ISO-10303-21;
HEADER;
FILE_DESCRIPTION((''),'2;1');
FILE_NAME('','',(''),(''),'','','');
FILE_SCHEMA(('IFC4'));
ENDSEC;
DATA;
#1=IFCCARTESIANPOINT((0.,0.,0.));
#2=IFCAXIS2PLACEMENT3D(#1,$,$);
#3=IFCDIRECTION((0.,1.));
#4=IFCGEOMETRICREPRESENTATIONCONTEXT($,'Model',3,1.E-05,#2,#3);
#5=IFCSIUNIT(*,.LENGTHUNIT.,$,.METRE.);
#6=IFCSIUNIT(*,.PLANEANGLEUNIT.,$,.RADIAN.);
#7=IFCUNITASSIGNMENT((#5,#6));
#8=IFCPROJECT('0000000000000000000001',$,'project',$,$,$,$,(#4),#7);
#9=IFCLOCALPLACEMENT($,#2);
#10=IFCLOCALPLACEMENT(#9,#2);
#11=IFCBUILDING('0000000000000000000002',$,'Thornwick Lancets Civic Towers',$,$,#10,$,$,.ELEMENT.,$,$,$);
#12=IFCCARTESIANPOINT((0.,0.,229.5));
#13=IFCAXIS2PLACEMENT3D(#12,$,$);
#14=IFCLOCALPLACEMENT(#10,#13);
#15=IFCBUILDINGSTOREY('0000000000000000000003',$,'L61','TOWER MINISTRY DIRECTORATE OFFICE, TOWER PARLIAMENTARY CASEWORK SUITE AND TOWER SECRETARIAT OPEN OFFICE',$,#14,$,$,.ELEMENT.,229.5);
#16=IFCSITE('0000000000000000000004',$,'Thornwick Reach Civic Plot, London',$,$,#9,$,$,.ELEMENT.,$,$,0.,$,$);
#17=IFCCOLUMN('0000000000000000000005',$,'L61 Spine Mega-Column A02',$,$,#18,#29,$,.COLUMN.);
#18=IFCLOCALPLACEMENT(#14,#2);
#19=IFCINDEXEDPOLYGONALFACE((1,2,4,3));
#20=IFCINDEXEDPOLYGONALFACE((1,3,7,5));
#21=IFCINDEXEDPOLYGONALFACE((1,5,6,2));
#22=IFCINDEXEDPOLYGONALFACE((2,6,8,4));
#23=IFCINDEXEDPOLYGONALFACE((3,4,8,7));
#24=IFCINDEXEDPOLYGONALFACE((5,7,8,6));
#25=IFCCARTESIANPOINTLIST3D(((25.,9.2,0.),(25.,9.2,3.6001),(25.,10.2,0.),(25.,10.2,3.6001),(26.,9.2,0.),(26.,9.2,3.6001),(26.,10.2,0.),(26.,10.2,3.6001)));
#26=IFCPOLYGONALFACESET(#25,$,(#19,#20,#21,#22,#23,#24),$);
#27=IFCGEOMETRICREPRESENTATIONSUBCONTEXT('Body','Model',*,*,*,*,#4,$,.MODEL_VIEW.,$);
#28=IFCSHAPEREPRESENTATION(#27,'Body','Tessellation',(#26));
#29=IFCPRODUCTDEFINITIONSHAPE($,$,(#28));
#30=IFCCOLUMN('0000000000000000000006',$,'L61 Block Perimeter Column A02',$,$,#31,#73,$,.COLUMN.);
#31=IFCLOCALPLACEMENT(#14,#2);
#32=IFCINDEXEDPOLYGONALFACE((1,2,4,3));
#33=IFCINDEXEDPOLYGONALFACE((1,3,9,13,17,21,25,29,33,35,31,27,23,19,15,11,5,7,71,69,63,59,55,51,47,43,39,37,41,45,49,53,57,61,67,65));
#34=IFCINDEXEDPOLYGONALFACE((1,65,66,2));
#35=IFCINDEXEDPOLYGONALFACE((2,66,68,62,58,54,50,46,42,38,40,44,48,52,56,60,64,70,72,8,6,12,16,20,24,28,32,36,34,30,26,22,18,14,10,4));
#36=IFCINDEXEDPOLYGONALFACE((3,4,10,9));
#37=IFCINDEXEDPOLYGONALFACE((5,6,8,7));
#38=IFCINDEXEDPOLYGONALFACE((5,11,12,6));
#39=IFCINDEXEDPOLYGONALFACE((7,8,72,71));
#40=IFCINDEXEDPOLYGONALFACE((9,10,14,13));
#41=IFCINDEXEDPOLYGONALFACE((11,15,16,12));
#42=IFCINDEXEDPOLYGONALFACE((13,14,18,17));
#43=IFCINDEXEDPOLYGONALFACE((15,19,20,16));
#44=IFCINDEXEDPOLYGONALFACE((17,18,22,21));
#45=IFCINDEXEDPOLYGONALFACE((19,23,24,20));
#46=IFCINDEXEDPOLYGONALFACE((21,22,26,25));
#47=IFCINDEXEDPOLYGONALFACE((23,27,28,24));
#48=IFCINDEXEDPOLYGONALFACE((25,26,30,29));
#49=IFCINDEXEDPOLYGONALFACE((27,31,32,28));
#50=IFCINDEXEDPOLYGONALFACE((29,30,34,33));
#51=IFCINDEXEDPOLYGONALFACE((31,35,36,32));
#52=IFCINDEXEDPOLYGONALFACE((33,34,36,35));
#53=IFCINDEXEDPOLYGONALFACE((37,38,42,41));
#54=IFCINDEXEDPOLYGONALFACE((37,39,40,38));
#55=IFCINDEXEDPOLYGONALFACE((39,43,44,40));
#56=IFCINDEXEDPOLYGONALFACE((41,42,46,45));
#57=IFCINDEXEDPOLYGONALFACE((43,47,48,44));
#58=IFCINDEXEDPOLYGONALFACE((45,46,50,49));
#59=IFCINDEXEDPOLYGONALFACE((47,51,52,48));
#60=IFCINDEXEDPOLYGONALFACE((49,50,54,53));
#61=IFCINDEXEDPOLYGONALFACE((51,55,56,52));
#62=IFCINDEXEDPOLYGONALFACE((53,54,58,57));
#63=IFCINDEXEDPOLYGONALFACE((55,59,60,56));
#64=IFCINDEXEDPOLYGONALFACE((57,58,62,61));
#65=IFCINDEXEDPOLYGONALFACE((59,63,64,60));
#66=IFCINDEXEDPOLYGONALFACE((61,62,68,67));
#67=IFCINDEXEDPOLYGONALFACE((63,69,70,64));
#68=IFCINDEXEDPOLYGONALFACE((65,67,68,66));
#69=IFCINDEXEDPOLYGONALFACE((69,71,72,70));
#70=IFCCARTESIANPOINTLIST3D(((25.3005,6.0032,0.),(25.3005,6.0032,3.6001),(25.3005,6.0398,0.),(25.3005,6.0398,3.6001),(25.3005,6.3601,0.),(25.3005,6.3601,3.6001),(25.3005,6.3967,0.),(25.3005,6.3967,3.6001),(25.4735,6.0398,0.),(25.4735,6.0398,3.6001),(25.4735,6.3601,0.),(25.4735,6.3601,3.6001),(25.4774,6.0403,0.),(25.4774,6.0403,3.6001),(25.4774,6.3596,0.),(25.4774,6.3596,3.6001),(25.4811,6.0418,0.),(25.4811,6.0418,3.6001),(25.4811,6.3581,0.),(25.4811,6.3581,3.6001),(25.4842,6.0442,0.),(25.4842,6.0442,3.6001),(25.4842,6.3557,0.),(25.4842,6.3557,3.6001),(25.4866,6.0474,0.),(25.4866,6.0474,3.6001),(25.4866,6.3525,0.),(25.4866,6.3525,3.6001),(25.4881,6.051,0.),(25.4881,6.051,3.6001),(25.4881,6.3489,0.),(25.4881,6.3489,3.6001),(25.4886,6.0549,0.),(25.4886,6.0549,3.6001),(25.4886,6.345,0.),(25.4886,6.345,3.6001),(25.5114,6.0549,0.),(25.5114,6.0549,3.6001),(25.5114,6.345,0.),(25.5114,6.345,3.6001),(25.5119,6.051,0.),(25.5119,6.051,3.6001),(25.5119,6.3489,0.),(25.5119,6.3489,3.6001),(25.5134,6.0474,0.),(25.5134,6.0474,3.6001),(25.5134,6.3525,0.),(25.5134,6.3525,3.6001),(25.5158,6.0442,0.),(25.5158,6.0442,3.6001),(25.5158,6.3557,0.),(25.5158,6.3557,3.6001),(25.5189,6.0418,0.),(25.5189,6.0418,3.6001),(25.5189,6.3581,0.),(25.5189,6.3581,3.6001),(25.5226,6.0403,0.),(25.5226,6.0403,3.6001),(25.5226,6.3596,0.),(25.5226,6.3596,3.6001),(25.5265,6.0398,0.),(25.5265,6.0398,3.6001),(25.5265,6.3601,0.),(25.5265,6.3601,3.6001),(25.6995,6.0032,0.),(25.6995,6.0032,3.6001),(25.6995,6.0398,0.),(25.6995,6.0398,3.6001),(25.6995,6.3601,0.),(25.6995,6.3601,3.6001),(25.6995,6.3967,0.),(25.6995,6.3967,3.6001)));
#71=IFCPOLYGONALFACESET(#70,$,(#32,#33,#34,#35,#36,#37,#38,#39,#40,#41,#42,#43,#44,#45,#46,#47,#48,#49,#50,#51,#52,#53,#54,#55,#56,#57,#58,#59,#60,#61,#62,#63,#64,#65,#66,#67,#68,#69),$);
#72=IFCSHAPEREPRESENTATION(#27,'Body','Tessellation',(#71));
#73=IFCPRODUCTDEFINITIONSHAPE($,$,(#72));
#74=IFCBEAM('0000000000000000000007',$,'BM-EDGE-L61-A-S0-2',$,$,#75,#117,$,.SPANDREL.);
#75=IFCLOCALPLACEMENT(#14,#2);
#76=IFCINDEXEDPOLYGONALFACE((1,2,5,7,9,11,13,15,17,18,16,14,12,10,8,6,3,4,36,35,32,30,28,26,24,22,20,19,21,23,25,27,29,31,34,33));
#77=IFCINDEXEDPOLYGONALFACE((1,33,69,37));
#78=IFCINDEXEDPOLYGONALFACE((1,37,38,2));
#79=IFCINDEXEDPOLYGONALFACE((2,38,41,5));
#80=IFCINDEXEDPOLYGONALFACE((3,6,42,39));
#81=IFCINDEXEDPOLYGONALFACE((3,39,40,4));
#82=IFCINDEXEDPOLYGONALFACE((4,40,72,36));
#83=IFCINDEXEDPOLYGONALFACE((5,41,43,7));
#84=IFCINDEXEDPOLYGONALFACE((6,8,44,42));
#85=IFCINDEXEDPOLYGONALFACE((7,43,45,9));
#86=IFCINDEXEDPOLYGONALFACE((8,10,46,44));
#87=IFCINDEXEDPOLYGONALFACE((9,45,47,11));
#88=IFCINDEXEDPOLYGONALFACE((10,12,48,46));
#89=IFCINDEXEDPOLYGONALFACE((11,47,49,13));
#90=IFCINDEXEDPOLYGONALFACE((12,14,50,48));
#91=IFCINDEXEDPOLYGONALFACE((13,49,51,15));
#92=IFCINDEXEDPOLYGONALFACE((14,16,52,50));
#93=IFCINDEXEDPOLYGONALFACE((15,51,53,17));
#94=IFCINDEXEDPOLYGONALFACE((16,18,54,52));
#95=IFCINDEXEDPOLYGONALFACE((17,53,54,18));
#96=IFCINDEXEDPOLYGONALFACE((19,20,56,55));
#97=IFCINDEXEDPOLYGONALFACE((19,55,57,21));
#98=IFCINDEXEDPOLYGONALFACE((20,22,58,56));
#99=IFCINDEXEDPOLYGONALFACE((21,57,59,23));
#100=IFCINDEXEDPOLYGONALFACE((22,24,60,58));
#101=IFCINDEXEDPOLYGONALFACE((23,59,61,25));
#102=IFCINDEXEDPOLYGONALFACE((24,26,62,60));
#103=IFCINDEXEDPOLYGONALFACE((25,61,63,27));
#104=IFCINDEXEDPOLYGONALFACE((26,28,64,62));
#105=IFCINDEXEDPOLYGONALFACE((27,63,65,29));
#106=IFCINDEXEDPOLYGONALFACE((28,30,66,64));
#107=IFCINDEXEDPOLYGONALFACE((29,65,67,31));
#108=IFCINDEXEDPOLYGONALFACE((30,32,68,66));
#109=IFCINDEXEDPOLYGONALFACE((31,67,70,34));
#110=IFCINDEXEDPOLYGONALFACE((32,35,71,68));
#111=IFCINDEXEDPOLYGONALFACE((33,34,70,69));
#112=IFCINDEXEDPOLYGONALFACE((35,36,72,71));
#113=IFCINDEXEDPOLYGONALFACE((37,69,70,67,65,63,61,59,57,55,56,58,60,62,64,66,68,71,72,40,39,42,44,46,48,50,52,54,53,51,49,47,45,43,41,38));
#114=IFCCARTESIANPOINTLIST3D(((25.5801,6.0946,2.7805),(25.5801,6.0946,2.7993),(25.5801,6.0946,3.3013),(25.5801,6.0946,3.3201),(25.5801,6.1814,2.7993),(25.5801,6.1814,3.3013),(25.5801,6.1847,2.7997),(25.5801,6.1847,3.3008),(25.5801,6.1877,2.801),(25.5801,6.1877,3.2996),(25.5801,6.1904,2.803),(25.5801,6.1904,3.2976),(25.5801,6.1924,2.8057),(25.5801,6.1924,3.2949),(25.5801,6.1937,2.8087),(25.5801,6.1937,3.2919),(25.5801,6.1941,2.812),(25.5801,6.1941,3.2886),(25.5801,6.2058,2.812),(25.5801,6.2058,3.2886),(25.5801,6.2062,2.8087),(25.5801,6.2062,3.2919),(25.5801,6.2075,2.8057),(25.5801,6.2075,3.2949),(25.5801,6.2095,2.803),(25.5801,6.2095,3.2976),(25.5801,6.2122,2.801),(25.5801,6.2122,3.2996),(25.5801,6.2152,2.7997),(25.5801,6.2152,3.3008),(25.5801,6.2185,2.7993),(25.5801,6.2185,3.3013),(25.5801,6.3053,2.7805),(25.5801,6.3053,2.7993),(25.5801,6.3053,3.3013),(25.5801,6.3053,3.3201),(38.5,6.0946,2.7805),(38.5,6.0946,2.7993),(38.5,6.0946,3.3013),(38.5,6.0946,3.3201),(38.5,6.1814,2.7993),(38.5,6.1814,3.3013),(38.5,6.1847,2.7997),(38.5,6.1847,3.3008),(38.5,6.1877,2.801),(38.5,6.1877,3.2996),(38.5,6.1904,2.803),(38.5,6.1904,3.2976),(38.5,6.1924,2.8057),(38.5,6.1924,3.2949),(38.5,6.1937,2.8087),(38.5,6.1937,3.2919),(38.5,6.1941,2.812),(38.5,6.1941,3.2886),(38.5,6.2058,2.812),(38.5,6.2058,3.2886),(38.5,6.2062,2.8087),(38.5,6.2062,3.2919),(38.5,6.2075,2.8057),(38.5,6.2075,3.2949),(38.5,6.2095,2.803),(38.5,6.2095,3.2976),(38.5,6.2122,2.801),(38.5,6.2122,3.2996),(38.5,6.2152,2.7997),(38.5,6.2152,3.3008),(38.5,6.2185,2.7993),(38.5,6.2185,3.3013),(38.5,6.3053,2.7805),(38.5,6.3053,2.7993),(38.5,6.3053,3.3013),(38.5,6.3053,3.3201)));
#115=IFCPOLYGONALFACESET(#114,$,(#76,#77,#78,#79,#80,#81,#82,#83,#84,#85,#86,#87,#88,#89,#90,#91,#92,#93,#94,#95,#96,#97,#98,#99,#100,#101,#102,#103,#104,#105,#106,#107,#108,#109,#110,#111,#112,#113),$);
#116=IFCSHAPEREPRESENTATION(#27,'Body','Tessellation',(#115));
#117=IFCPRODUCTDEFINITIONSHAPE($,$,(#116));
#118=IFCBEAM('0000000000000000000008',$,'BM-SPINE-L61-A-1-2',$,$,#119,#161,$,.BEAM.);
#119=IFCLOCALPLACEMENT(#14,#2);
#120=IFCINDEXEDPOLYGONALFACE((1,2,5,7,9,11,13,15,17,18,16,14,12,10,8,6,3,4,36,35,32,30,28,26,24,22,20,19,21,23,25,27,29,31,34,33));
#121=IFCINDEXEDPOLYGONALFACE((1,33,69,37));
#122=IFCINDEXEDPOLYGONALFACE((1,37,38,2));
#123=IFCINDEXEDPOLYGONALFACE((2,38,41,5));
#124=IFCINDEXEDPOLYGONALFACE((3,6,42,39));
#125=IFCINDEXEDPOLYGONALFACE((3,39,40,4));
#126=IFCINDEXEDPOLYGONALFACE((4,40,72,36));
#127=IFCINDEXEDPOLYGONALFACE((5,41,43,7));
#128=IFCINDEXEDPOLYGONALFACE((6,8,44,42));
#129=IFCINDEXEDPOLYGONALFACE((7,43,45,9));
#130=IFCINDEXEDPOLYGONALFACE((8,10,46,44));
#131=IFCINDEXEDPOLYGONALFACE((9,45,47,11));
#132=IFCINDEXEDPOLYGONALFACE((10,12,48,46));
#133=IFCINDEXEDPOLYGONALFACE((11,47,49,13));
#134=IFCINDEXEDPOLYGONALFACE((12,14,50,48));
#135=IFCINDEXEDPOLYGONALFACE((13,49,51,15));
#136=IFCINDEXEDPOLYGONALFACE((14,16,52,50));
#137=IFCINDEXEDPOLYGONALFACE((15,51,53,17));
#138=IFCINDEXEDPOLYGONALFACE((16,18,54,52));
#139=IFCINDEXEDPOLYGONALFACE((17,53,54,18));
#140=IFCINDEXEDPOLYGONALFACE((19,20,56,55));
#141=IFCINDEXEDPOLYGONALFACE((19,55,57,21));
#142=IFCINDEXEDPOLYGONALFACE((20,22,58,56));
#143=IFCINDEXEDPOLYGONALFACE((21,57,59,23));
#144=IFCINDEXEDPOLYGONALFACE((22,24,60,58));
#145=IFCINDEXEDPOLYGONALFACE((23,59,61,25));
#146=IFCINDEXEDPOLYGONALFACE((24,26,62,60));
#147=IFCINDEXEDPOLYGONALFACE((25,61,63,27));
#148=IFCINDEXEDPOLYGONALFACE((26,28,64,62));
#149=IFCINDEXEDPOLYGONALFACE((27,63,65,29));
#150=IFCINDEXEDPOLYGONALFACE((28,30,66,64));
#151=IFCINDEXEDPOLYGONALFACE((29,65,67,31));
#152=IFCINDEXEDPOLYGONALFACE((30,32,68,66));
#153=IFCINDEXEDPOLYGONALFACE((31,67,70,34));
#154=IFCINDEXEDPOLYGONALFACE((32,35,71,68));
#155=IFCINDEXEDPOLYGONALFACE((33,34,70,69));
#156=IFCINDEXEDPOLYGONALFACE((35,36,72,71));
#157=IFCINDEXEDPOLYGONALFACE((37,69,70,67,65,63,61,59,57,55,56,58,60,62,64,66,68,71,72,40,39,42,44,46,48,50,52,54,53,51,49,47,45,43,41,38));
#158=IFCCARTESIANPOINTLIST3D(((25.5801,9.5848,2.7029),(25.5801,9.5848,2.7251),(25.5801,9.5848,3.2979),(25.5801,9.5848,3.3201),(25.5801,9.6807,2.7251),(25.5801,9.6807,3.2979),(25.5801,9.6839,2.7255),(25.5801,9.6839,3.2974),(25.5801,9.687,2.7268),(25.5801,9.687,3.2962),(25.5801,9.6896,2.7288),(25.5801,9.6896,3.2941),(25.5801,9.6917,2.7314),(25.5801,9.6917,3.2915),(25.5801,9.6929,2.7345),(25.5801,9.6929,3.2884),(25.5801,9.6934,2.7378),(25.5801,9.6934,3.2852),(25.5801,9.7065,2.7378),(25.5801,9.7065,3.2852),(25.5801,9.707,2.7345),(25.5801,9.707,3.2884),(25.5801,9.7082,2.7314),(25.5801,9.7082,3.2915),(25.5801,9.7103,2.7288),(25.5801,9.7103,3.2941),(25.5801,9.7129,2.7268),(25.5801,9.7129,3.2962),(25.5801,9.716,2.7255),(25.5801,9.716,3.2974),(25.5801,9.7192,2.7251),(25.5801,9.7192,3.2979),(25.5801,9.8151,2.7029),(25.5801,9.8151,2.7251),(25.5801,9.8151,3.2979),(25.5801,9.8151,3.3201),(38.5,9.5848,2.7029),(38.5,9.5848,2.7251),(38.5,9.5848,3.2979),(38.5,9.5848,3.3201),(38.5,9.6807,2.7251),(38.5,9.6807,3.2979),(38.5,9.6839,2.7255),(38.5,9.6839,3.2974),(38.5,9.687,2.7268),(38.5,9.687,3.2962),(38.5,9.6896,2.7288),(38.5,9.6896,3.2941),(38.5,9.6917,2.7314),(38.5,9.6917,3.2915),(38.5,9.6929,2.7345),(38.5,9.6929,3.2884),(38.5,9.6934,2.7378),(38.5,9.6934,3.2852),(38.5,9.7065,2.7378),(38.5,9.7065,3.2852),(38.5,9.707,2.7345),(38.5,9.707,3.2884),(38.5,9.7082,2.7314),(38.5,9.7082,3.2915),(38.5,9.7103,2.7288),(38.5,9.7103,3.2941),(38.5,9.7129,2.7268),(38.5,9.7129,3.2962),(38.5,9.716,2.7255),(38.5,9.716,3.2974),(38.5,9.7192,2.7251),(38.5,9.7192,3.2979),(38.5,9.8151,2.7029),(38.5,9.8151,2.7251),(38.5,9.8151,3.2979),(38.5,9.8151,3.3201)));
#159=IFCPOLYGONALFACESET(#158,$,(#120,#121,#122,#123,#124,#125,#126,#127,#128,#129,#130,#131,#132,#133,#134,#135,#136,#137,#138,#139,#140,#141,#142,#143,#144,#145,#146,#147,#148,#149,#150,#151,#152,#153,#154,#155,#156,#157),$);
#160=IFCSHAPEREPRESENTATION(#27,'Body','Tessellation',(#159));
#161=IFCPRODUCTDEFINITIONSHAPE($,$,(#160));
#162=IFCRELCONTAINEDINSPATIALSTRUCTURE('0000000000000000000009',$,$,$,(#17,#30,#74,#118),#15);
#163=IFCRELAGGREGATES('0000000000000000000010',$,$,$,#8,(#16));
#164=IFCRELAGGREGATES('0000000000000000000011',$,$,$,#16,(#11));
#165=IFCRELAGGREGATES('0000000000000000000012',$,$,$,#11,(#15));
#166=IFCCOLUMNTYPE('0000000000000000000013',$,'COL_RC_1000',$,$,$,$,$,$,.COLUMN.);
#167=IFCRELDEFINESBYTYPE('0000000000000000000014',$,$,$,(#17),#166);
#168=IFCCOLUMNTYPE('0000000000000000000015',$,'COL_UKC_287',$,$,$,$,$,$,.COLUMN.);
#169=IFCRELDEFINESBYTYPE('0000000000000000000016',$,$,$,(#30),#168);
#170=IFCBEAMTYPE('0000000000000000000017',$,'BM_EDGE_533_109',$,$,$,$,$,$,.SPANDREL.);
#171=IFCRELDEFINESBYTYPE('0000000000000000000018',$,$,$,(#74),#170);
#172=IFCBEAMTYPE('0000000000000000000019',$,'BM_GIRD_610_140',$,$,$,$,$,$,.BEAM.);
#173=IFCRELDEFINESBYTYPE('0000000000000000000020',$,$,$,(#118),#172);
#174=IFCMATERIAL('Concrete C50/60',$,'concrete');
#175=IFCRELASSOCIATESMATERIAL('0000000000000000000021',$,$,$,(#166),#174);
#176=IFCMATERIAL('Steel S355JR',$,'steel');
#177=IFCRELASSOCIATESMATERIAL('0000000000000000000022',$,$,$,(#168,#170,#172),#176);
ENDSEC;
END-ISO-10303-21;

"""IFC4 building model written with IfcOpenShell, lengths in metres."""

from ifc_helpers import new_model, si_unit, direction, frame, origin, origin_2d, place, context, subcontext, project, spatial, rectangle, i_section, extrude, material, material_profile, profile_set, type_object, element, save


model = new_model("IFC4")

# Units and contexts
model_context = context("Model", 3, precision=1e-05, world=origin(), true_north=direction((0.0, 1.0)))
body_context = subcontext(model_context, "Body", "Model", "MODEL_VIEW")
ifc_project = project(units=[si_unit("LENGTHUNIT", "METRE"), si_unit("PLANEANGLEUNIT", "RADIAN")], contexts=[model_context])

# Site, building, storey
site_placement = place(None, origin())
site = spatial("IfcSite", under=ifc_project, at=site_placement, Name="Thornwick Reach Civic Plot, London", CompositionType="ELEMENT", RefElevation=0.0)
building_placement = place(site_placement, origin())
building = spatial("IfcBuilding", under=site, at=building_placement, Name="Thornwick Lancets Civic Towers", CompositionType="ELEMENT")
storey_placement = place(building_placement, frame((0.0, 0.0, 229.5)))
storey = spatial("IfcBuildingStorey", under=building, at=storey_placement, Name="L61", Description="TOWER MINISTRY DIRECTORATE OFFICE, TOWER PARLIAMENTARY CASEWORK SUITE AND TOWER SECRETARIAT OPEN OFFICE", CompositionType="ELEMENT", Elevation=229.5)

# Columns
ifc_material_1 = material(Name="Concrete C50/60", Category="concrete")
ifc_material_profile_1 = material_profile(ifc_material_1, rectangle(XDim=1.0, YDim=1.0, at=origin_2d()), Name="RC 1000x1000")
ifc_profile_set_1 = profile_set([ifc_material_profile_1], Name="Concrete C50/60")
column_type_1 = type_object("IfcColumnType", Name="COL_RC_1000", PredefinedType="COLUMN", material=ifc_profile_set_1)
column_1_placement = place(storey_placement, frame((25.5, 9.7, 0.0), z_axis=(0.0, 0.0, 1.0), x_axis=(1.0, 0.0, 0.0)))
element("IfcColumn", 1, at=column_1_placement, inside=storey, type_object=column_type_1, Name="L61 Spine Mega-Column A02", PredefinedType="COLUMN", context=body_context, shape_type="SweptSolid", body=[
    extrude(rectangle(XDim=1.0, YDim=1.0, at=origin_2d()), origin(), (0.0, 0.0, 1.0), 3.6001),
])
ifc_material_2 = material(Name="Steel S355JR", Category="steel")
ifc_material_profile_2 = material_profile(ifc_material_2, i_section(OverallWidth=0.3989, OverallDepth=0.3936, WebThickness=0.0227, FlangeThickness=0.0366, FilletRadius=0.0151, at=origin_2d()), Name="UKC 356x406x287")
ifc_profile_set_2 = profile_set([ifc_material_profile_2], Name="Steel S355JR")
column_type_2 = type_object("IfcColumnType", Name="COL_UKC_287", PredefinedType="COLUMN", material=ifc_profile_set_2)
column_2_placement = place(storey_placement, frame((25.5, 6.2, 0.0), z_axis=(0.0, 0.0, 1.0), x_axis=(1.0, 0.0, 0.0)))
element("IfcColumn", 2, at=column_2_placement, inside=storey, type_object=column_type_2, Name="L61 Block Perimeter Column A02", PredefinedType="COLUMN", context=body_context, shape_type="SweptSolid", body=[
    extrude(i_section(OverallWidth=0.3989, OverallDepth=0.3936, WebThickness=0.0227, FlangeThickness=0.0366, FilletRadius=0.0151, at=origin_2d()), origin(), (0.0, 0.0, 1.0), 3.6001),
])

# Beams
ifc_material_profile_3 = material_profile(ifc_material_2, i_section(OverallWidth=0.2107, OverallDepth=0.5396, WebThickness=0.0117, FlangeThickness=0.0188, FilletRadius=0.0127, at=origin_2d()), Name="UKB 533x210x109")
ifc_profile_set_3 = profile_set([ifc_material_profile_3], Name="Steel S355JR")
beam_type_1 = type_object("IfcBeamType", Name="BM_EDGE_533_109", PredefinedType="SPANDREL", material=ifc_profile_set_3)
beam_1_placement = place(storey_placement, frame((25.5801, 6.2, 3.0503), z_axis=(1.0, 0.0, 0.0), x_axis=(0.0, 1.0, 0.0)))
element("IfcBeam", 3, at=beam_1_placement, inside=storey, type_object=beam_type_1, Name="BM-EDGE-L61-A-S0-2", PredefinedType="SPANDREL", context=body_context, shape_type="SweptSolid", body=[
    extrude(i_section(OverallWidth=0.2107, OverallDepth=0.5396, WebThickness=0.0117, FlangeThickness=0.0188, FilletRadius=0.0127, at=origin_2d()), origin(), (0.0, 0.0, 1.0), 12.9199),
])
ifc_material_profile_4 = material_profile(ifc_material_2, i_section(OverallWidth=0.2302, OverallDepth=0.6172, WebThickness=0.0132, FlangeThickness=0.0222, FilletRadius=0.0127, at=origin_2d()), Name="UKB 610x229x140")
ifc_profile_set_4 = profile_set([ifc_material_profile_4], Name="Steel S355JR")
beam_type_2 = type_object("IfcBeamType", Name="BM_GIRD_610_140", PredefinedType="BEAM", material=ifc_profile_set_4)
beam_2_placement = place(storey_placement, frame((25.5801, 9.7, 3.0115), z_axis=(1.0, 0.0, 0.0), x_axis=(0.0, 1.0, 0.0)))
element("IfcBeam", 4, at=beam_2_placement, inside=storey, type_object=beam_type_2, Name="BM-SPINE-L61-A-1-2", PredefinedType="BEAM", context=body_context, shape_type="SweptSolid", body=[
    extrude(i_section(OverallWidth=0.2302, OverallDepth=0.6172, WebThickness=0.0132, FlangeThickness=0.0222, FilletRadius=0.0127, at=origin_2d()), origin(), (0.0, 0.0, 1.0), 12.9199),
])

save(model, "model.ifc")
